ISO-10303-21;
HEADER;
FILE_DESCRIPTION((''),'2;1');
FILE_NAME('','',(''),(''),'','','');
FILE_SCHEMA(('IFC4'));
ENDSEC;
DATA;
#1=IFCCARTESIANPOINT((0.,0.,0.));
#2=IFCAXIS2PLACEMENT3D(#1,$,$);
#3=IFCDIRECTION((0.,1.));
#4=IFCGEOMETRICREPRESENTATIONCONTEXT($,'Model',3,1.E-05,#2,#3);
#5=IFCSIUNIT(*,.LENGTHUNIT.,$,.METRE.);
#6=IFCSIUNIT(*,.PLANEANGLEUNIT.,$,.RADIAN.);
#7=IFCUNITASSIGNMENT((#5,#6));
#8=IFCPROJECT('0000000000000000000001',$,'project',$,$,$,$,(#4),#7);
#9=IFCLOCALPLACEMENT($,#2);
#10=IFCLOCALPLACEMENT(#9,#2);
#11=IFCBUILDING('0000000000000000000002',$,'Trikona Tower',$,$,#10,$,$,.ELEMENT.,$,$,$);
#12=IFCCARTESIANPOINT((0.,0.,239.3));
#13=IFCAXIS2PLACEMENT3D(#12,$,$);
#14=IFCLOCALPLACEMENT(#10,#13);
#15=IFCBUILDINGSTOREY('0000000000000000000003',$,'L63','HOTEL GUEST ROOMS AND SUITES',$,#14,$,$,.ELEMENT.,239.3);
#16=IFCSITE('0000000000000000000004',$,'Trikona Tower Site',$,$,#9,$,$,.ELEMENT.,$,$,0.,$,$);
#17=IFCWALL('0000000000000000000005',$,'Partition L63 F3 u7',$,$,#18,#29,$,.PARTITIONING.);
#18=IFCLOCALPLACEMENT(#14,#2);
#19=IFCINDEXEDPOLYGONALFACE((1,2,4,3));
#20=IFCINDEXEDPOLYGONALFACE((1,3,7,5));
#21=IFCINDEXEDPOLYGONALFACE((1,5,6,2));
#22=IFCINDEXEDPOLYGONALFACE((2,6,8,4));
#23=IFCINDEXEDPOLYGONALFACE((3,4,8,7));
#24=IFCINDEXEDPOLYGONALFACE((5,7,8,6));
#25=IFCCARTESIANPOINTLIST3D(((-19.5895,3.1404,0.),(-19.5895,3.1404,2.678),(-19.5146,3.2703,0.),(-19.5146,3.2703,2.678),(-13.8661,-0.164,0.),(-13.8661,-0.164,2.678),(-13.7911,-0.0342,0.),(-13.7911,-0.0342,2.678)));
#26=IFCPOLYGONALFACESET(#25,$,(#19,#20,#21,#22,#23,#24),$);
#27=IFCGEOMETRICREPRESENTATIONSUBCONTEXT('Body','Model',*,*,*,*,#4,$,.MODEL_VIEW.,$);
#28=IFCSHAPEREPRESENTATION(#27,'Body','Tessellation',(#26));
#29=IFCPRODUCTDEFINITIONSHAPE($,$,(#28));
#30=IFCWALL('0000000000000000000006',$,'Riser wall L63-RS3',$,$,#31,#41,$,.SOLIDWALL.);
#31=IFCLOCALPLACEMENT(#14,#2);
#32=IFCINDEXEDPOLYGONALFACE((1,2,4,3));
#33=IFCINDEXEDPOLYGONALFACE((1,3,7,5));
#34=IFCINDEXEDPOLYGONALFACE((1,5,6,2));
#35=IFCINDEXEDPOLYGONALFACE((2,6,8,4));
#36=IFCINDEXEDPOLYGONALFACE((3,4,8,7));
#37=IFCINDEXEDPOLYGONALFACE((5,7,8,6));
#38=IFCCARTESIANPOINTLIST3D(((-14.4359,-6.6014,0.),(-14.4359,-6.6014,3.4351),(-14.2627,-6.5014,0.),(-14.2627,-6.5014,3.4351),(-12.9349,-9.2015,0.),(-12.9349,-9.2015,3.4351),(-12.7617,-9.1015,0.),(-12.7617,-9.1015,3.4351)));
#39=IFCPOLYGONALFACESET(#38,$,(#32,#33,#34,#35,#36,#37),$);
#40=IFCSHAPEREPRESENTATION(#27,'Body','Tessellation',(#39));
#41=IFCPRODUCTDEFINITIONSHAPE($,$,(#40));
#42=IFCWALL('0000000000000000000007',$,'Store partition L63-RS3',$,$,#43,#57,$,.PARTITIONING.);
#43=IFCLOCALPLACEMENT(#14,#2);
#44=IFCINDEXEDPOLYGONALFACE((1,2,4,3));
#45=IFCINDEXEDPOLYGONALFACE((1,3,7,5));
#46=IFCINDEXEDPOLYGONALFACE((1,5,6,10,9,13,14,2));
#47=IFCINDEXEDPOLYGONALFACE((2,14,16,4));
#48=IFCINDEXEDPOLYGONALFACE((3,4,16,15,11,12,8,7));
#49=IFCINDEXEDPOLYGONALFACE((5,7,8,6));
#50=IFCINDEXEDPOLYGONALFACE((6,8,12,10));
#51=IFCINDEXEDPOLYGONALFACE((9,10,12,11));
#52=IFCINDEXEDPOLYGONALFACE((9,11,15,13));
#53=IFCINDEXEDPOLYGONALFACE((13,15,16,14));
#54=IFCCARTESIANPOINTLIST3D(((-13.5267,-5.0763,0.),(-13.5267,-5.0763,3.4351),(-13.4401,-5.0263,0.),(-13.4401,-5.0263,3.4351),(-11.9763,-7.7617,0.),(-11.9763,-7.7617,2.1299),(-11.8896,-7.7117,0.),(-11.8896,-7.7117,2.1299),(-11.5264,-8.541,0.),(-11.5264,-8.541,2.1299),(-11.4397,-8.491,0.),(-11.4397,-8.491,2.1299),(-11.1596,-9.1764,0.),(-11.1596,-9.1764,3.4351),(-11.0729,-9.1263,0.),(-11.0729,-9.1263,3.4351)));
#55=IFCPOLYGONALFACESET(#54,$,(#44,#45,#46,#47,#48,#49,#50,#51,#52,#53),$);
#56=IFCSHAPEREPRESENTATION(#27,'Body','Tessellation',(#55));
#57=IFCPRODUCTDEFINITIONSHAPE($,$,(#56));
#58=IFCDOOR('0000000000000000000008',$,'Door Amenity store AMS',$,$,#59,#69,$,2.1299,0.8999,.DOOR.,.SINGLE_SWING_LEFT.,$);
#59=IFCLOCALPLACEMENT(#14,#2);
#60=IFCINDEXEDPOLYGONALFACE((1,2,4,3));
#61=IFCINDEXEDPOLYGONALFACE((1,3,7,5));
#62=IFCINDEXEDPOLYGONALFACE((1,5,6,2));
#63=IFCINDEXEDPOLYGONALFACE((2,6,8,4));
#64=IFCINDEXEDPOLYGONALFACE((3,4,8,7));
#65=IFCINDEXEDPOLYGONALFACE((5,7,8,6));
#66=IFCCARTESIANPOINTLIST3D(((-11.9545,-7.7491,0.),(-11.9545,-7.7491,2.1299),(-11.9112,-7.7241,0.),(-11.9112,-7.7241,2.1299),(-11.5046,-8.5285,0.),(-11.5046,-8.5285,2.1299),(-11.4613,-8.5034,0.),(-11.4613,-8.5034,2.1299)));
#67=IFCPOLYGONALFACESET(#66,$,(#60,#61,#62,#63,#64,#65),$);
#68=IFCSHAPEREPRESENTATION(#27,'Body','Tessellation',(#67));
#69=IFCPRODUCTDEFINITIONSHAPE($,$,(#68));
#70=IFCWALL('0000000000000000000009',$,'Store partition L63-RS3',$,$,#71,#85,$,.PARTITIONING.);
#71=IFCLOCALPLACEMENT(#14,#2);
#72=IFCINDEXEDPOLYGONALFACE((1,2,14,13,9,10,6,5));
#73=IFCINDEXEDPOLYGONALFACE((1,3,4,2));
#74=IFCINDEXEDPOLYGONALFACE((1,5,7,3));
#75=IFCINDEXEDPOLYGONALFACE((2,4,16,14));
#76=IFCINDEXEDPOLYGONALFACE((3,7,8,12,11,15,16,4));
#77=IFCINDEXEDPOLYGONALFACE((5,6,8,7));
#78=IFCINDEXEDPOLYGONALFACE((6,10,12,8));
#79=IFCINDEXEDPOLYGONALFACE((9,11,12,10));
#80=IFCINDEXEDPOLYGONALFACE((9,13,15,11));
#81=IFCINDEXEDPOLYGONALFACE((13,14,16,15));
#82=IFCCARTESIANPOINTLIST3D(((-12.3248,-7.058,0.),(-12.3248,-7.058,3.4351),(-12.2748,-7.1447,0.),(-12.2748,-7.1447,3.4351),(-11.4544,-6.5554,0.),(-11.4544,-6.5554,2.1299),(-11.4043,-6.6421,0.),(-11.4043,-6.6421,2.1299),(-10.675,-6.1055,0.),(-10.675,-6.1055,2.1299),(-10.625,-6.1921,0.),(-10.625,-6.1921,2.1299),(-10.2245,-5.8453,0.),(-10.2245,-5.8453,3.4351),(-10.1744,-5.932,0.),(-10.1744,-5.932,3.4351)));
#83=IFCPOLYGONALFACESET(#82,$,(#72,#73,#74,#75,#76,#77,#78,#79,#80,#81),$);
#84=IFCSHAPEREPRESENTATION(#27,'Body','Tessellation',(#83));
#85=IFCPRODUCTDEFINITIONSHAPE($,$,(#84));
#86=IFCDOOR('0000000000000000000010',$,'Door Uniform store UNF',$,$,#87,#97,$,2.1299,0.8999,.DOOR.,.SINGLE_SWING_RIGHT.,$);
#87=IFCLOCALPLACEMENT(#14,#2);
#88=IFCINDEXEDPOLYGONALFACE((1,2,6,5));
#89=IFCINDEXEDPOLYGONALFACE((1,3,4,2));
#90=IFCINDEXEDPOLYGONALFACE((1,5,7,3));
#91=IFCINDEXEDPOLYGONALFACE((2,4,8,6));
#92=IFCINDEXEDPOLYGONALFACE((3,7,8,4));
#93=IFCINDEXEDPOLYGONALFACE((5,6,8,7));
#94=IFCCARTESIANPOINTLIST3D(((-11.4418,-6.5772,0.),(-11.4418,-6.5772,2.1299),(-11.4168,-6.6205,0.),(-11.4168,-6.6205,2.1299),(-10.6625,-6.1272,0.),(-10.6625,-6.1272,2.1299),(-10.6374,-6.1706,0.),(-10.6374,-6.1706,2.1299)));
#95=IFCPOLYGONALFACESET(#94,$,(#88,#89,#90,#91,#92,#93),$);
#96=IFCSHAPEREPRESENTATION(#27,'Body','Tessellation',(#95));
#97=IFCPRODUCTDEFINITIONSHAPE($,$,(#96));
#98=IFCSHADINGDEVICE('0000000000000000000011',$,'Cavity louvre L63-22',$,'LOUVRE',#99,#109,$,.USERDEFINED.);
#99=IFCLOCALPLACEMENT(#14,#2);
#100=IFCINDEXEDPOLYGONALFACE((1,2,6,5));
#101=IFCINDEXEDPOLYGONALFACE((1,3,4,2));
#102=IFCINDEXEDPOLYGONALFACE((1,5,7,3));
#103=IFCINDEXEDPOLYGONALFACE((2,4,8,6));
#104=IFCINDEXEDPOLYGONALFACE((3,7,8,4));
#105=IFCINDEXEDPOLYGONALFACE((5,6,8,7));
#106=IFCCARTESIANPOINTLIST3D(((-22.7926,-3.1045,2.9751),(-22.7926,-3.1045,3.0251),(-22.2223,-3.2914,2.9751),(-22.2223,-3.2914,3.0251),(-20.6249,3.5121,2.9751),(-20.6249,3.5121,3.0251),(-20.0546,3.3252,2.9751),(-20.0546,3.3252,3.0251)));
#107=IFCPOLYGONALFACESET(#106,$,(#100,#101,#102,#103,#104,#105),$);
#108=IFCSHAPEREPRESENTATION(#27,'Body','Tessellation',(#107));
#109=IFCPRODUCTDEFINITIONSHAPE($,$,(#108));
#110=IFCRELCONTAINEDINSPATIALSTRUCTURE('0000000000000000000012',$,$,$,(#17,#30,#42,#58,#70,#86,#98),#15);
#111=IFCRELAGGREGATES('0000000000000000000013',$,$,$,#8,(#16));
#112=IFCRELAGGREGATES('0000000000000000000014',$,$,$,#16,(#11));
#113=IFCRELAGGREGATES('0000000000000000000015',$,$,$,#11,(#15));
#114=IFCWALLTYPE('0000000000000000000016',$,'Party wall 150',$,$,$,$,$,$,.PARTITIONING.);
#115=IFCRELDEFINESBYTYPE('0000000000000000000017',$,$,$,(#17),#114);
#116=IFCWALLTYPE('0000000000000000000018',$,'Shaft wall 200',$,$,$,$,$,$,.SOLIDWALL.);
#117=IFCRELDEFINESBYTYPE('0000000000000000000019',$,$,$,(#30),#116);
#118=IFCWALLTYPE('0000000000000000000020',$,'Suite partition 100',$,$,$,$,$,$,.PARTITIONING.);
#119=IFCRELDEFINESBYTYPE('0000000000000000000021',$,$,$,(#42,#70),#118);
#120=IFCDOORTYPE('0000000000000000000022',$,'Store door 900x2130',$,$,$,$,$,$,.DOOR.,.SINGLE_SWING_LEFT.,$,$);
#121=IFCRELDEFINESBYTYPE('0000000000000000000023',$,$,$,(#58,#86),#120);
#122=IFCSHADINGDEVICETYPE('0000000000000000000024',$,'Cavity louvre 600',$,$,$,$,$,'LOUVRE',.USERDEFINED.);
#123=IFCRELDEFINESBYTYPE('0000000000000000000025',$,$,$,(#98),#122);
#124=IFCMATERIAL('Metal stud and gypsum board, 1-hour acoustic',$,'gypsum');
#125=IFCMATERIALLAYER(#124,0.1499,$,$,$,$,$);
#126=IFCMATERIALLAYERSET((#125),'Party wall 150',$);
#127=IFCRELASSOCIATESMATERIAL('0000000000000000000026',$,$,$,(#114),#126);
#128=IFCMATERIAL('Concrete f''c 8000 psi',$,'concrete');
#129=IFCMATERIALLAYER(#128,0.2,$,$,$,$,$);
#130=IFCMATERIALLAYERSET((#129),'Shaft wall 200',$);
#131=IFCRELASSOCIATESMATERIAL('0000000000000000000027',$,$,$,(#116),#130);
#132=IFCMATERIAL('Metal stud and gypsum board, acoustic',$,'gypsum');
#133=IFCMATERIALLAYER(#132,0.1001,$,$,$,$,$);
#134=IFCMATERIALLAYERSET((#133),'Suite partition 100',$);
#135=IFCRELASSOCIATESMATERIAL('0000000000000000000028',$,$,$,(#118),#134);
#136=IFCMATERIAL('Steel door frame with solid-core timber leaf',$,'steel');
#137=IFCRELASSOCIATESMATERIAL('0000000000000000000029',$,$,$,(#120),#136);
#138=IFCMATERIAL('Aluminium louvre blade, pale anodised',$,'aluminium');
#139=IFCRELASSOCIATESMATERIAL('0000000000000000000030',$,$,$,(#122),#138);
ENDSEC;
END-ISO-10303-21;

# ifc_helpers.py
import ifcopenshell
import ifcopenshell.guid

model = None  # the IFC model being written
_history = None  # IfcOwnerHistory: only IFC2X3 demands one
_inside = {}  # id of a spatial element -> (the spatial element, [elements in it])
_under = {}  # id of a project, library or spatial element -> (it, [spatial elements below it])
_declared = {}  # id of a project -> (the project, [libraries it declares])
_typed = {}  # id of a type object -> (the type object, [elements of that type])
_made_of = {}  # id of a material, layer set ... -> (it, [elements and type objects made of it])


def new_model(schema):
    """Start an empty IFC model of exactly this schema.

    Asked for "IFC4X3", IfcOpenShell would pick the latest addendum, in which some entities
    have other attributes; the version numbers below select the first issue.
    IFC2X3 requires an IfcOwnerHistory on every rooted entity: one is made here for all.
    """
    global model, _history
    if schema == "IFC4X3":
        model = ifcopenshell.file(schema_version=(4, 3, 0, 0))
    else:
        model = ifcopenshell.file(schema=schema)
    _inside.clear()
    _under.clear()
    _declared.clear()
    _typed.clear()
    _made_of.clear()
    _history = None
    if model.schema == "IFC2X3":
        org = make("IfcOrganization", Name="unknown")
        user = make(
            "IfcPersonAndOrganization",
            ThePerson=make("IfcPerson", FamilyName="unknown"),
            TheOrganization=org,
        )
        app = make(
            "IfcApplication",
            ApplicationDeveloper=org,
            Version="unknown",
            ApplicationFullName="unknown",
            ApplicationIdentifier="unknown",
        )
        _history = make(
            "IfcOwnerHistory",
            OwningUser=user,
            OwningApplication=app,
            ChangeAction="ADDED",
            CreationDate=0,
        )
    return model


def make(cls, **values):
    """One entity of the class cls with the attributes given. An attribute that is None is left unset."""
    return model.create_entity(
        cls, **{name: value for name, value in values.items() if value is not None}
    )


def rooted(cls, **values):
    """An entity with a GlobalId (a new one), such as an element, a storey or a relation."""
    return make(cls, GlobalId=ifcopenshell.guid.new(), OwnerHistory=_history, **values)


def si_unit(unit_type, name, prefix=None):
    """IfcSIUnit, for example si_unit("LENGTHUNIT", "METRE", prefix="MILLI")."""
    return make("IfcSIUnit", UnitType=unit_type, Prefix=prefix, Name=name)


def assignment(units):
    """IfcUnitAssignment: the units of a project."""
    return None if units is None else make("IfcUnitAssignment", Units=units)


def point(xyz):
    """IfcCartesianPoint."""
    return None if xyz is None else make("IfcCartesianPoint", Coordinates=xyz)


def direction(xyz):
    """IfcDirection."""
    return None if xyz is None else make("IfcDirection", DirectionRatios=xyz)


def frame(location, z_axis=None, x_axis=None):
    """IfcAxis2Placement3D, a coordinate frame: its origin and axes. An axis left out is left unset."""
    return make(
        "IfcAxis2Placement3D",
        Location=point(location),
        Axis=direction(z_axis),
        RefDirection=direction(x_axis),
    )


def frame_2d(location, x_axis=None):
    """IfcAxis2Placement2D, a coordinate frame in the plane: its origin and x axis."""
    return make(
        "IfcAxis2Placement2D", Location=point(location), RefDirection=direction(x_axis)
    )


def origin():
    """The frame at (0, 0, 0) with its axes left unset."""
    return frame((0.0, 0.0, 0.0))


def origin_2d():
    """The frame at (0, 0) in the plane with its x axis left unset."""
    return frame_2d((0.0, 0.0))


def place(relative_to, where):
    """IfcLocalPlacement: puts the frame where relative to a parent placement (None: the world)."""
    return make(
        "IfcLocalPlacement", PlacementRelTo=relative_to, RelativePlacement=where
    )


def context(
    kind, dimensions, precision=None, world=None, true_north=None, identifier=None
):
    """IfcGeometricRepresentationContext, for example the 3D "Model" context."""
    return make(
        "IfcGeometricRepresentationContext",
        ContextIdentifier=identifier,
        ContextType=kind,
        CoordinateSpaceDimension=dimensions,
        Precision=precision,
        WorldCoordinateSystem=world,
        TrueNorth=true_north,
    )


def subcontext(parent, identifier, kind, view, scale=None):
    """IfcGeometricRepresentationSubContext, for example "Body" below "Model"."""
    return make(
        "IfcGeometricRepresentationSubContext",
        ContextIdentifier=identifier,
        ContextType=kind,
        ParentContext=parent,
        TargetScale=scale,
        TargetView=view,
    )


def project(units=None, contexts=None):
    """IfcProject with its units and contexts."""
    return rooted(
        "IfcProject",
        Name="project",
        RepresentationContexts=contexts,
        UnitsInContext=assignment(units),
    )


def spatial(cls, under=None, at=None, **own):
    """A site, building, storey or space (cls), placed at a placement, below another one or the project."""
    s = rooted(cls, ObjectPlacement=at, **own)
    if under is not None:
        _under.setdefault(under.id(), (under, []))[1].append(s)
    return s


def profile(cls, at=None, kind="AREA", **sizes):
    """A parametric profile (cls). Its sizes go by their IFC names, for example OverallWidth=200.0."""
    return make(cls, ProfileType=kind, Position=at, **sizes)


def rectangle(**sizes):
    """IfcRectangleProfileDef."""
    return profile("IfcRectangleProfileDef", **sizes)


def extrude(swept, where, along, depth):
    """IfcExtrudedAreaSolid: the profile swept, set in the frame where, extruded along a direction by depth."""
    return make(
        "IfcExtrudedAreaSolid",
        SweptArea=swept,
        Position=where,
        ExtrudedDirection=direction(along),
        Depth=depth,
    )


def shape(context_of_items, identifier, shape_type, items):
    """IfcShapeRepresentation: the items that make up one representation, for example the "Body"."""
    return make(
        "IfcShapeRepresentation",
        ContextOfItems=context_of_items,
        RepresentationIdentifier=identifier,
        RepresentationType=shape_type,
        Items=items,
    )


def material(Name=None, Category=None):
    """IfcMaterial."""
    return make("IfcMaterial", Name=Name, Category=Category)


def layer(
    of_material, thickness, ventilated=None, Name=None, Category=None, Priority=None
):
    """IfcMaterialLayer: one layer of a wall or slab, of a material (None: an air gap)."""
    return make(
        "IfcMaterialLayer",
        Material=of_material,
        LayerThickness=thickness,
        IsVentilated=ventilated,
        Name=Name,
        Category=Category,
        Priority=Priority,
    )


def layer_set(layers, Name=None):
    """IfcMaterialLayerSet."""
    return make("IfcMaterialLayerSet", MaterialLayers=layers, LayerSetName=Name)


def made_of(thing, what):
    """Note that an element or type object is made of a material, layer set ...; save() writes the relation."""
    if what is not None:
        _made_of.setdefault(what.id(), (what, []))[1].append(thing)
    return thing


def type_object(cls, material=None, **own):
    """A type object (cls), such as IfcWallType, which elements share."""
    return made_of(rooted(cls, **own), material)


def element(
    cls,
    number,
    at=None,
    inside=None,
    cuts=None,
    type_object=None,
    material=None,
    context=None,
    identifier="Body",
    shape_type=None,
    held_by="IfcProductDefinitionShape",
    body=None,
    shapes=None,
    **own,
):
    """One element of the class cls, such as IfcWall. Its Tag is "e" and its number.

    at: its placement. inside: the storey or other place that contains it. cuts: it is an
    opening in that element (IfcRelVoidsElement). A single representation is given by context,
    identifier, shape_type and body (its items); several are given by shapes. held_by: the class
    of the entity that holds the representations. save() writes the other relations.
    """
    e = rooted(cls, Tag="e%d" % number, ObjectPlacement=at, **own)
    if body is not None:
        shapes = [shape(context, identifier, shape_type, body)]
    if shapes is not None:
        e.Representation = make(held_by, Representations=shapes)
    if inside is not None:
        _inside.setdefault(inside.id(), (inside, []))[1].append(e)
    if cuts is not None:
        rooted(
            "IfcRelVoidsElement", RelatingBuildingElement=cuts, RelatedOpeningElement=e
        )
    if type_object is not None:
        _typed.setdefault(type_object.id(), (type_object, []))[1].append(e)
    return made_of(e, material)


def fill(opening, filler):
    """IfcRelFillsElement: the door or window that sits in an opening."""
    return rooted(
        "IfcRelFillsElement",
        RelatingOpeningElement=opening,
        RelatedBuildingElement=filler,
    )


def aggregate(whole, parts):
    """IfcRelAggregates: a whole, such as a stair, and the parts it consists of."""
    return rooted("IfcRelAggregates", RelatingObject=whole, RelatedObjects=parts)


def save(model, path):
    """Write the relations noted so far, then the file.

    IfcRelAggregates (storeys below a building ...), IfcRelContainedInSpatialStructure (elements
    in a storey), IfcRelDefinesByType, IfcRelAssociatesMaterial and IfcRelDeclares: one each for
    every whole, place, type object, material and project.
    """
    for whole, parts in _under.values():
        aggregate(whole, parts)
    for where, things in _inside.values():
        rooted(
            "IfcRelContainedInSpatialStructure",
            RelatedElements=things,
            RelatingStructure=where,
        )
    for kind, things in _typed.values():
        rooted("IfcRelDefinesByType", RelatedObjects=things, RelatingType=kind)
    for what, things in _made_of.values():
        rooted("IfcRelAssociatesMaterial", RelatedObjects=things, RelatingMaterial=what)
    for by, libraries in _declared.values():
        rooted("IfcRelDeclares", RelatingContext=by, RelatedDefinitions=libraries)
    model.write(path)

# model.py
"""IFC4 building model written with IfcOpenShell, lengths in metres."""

from ifc_helpers import new_model, si_unit, direction, frame, frame_2d, origin, origin_2d, place, context, subcontext, project, spatial, rectangle, extrude, material, layer, layer_set, type_object, element, fill, save


model = new_model("IFC4")

# Units and contexts
model_context = context("Model", 3, precision=1e-05, world=origin(), true_north=direction((0.0, 1.0)))
body_context = subcontext(model_context, "Body", "Model", "MODEL_VIEW")
ifc_project = project(units=[si_unit("LENGTHUNIT", "METRE"), si_unit("PLANEANGLEUNIT", "RADIAN")], contexts=[model_context])

# Site, building, storey
site_placement = place(None, origin())
site = spatial("IfcSite", under=ifc_project, at=site_placement, Name="Trikona Tower Site", CompositionType="ELEMENT", RefElevation=0.0)
building_placement = place(site_placement, origin())
building = spatial("IfcBuilding", under=site, at=building_placement, Name="Trikona Tower", CompositionType="ELEMENT")
storey_placement = place(building_placement, frame((0.0, 0.0, 239.3)))
storey = spatial("IfcBuildingStorey", under=building, at=storey_placement, Name="L63", Description="HOTEL GUEST ROOMS AND SUITES", CompositionType="ELEMENT", Elevation=239.3)

# Walls
ifc_material_1 = material(Name="Metal stud and gypsum board, 1-hour acoustic", Category="gypsum")
ifc_layer_1 = layer(ifc_material_1, 0.1499)
ifc_layer_set_1 = layer_set([ifc_layer_1], Name="Party wall 150")
wall_type_1 = type_object("IfcWallType", Name="Party wall 150", PredefinedType="PARTITIONING", material=ifc_layer_set_1)
wall_1_placement = place(storey_placement, frame((-13.8286, -0.0991, 0.0), z_axis=(0.0, 0.0, 1.0), x_axis=(-0.866023, 0.500005, 0.0)))
element("IfcWall", 1, at=wall_1_placement, inside=storey, type_object=wall_type_1, Name="Partition L63 F3 u7", PredefinedType="PARTITIONING", context=body_context, shape_type="SweptSolid", body=[
    extrude(rectangle(XDim=6.6089, YDim=0.1499, at=frame_2d((3.3044, 0.0))), origin(), (0.0, 0.0, 1.0), 2.678),
])
ifc_material_2 = material(Name="Concrete f'c 8000 psi", Category="concrete")
ifc_layer_2 = layer(ifc_material_2, 0.2)
ifc_layer_set_2 = layer_set([ifc_layer_2], Name="Shaft wall 200")
wall_type_2 = type_object("IfcWallType", Name="Shaft wall 200", PredefinedType="SOLIDWALL", material=ifc_layer_set_2)
wall_2_placement = place(storey_placement, frame((-12.8484, -9.1514, 0.0), z_axis=(0.0, 0.0, 1.0), x_axis=(-0.499952, 0.866053, 0.0)))
element("IfcWall", 2, at=wall_2_placement, inside=storey, type_object=wall_type_2, Name="Riser wall L63-RS3", PredefinedType="SOLIDWALL", context=body_context, shape_type="SweptSolid", body=[
    extrude(rectangle(XDim=3.0022, YDim=0.2, at=frame_2d((1.501, 0.0))), origin(), (0.0, 0.0, 1.0), 3.4351),
])

# Walls, openings, doors
ifc_material_3 = material(Name="Metal stud and gypsum board, acoustic", Category="gypsum")
ifc_layer_3 = layer(ifc_material_3, 0.1001)
ifc_layer_set_3 = layer_set([ifc_layer_3], Name="Suite partition 100")
wall_type_3 = type_object("IfcWallType", Name="Suite partition 100", PredefinedType="PARTITIONING", material=ifc_layer_set_3)
wall_3_placement = place(storey_placement, frame((-11.1162, -9.1514, 0.0), z_axis=(0.0, 0.0, 1.0), x_axis=(-0.499999, 0.866026, 0.0)))
wall_3 = element("IfcWall", 3, at=wall_3_placement, inside=storey, type_object=wall_type_3, Name="Store partition L63-RS3", PredefinedType="PARTITIONING", context=body_context, shape_type="SweptSolid", body=[
    extrude(rectangle(XDim=4.7344, YDim=0.1001, at=frame_2d((2.3672, 0.0))), origin(), (0.0, 0.0, 1.0), 3.4351),
])
opening_1_placement = place(wall_3_placement, frame((0.7336, 0.0, 0.0)))
opening_1 = element("IfcOpeningElement", 4, at=opening_1_placement, cuts=wall_3, PredefinedType="OPENING", context=body_context, shape_type="SweptSolid", body=[
    extrude(rectangle(XDim=0.8999, YDim=2.1299, at=frame_2d((0.45, 1.0649))), frame((0.0, 0.0601, 0.0), z_axis=(0.0, -1.0, 0.0), x_axis=(1.0, 0.0, 0.0)), (0.0, 0.0, 1.0), 0.1201),
])
ifc_material_4 = material(Name="Steel door frame with solid-core timber leaf", Category="steel")
door_type_1 = type_object("IfcDoorType", Name="Store door 900x2130", OperationType="SINGLE_SWING_LEFT", PredefinedType="DOOR", material=ifc_material_4)
door_1_placement = place(opening_1_placement, origin())
door_1 = element("IfcDoor", 5, at=door_1_placement, inside=storey, type_object=door_type_1, Name="Door Amenity store AMS", OperationType="SINGLE_SWING_LEFT", OverallHeight=2.1299, OverallWidth=0.8999, PredefinedType="DOOR", context=body_context, shape_type="SweptSolid", body=[
    extrude(rectangle(XDim=0.8999, YDim=2.1299, at=frame_2d((0.45, 1.0649))), frame((0.0, 0.0249, 0.0), z_axis=(0.0, -1.0, 0.0), x_axis=(1.0, 0.0, 0.0)), (0.0, 0.0, 1.0), 0.05),
])
fill(opening_1, door_1)
wall_4_placement = place(storey_placement, frame((-12.2998, -7.1013, 0.0), z_axis=(0.0, 0.0, 1.0), x_axis=(0.866023, 0.500004, 0.0)))
wall_4 = element("IfcWall", 6, at=wall_4_placement, inside=storey, type_object=wall_type_3, Name="Store partition L63-RS3", PredefinedType="PARTITIONING", context=body_context, shape_type="SweptSolid", body=[
    extrude(rectangle(XDim=2.4253, YDim=0.1001, at=frame_2d((1.2126, 0.0))), origin(), (0.0, 0.0, 1.0), 3.4351),
])
opening_2_placement = place(wall_4_placement, frame((1.0051, 0.0, 0.0)))
opening_2 = element("IfcOpeningElement", 7, at=opening_2_placement, cuts=wall_4, PredefinedType="OPENING", context=body_context, shape_type="SweptSolid", body=[
    extrude(rectangle(XDim=0.8999, YDim=2.1299, at=frame_2d((0.45, 1.0649))), frame((0.0, 0.0601, 0.0), z_axis=(0.0, -1.0, 0.0), x_axis=(1.0, 0.0, 0.0)), (0.0, 0.0, 1.0), 0.1201),
])
door_2_placement = place(opening_2_placement, origin())
door_2 = element("IfcDoor", 8, at=door_2_placement, inside=storey, type_object=door_type_1, Name="Door Uniform store UNF", OperationType="SINGLE_SWING_RIGHT", OverallHeight=2.1299, OverallWidth=0.8999, PredefinedType="DOOR", context=body_context, shape_type="SweptSolid", body=[
    extrude(rectangle(XDim=0.8999, YDim=2.1299, at=frame_2d((0.45, 1.0649))), frame((0.0, 0.0249, 0.0), z_axis=(0.0, -1.0, 0.0), x_axis=(1.0, 0.0, 0.0)), (0.0, 0.0, 1.0), 0.05),
])
fill(opening_2, door_2)

# Shading device
ifc_material_5 = material(Name="Aluminium louvre blade, pale anodised", Category="aluminium")
shading_device_type = type_object("IfcShadingDeviceType", Name="Cavity louvre 600", ElementType="LOUVRE", PredefinedType="USERDEFINED", material=ifc_material_5)
shading_device_placement = place(storey_placement, frame((-21.4236, 0.1104, 2.9751), z_axis=(0.0, 0.0, 1.0), x_axis=(-0.311337, -0.9503, 0.0)))
element("IfcShadingDevice", 9, at=shading_device_placement, inside=storey, type_object=shading_device_type, Name="Cavity louvre L63-22", ObjectType="LOUVRE", PredefinedType="USERDEFINED", context=body_context, shape_type="SweptSolid", body=[
    extrude(rectangle(XDim=6.9626, YDim=0.6001, at=origin_2d()), origin(), (0.0, 0.0, 1.0), 0.05),
])

save(model, "model.ifc")
